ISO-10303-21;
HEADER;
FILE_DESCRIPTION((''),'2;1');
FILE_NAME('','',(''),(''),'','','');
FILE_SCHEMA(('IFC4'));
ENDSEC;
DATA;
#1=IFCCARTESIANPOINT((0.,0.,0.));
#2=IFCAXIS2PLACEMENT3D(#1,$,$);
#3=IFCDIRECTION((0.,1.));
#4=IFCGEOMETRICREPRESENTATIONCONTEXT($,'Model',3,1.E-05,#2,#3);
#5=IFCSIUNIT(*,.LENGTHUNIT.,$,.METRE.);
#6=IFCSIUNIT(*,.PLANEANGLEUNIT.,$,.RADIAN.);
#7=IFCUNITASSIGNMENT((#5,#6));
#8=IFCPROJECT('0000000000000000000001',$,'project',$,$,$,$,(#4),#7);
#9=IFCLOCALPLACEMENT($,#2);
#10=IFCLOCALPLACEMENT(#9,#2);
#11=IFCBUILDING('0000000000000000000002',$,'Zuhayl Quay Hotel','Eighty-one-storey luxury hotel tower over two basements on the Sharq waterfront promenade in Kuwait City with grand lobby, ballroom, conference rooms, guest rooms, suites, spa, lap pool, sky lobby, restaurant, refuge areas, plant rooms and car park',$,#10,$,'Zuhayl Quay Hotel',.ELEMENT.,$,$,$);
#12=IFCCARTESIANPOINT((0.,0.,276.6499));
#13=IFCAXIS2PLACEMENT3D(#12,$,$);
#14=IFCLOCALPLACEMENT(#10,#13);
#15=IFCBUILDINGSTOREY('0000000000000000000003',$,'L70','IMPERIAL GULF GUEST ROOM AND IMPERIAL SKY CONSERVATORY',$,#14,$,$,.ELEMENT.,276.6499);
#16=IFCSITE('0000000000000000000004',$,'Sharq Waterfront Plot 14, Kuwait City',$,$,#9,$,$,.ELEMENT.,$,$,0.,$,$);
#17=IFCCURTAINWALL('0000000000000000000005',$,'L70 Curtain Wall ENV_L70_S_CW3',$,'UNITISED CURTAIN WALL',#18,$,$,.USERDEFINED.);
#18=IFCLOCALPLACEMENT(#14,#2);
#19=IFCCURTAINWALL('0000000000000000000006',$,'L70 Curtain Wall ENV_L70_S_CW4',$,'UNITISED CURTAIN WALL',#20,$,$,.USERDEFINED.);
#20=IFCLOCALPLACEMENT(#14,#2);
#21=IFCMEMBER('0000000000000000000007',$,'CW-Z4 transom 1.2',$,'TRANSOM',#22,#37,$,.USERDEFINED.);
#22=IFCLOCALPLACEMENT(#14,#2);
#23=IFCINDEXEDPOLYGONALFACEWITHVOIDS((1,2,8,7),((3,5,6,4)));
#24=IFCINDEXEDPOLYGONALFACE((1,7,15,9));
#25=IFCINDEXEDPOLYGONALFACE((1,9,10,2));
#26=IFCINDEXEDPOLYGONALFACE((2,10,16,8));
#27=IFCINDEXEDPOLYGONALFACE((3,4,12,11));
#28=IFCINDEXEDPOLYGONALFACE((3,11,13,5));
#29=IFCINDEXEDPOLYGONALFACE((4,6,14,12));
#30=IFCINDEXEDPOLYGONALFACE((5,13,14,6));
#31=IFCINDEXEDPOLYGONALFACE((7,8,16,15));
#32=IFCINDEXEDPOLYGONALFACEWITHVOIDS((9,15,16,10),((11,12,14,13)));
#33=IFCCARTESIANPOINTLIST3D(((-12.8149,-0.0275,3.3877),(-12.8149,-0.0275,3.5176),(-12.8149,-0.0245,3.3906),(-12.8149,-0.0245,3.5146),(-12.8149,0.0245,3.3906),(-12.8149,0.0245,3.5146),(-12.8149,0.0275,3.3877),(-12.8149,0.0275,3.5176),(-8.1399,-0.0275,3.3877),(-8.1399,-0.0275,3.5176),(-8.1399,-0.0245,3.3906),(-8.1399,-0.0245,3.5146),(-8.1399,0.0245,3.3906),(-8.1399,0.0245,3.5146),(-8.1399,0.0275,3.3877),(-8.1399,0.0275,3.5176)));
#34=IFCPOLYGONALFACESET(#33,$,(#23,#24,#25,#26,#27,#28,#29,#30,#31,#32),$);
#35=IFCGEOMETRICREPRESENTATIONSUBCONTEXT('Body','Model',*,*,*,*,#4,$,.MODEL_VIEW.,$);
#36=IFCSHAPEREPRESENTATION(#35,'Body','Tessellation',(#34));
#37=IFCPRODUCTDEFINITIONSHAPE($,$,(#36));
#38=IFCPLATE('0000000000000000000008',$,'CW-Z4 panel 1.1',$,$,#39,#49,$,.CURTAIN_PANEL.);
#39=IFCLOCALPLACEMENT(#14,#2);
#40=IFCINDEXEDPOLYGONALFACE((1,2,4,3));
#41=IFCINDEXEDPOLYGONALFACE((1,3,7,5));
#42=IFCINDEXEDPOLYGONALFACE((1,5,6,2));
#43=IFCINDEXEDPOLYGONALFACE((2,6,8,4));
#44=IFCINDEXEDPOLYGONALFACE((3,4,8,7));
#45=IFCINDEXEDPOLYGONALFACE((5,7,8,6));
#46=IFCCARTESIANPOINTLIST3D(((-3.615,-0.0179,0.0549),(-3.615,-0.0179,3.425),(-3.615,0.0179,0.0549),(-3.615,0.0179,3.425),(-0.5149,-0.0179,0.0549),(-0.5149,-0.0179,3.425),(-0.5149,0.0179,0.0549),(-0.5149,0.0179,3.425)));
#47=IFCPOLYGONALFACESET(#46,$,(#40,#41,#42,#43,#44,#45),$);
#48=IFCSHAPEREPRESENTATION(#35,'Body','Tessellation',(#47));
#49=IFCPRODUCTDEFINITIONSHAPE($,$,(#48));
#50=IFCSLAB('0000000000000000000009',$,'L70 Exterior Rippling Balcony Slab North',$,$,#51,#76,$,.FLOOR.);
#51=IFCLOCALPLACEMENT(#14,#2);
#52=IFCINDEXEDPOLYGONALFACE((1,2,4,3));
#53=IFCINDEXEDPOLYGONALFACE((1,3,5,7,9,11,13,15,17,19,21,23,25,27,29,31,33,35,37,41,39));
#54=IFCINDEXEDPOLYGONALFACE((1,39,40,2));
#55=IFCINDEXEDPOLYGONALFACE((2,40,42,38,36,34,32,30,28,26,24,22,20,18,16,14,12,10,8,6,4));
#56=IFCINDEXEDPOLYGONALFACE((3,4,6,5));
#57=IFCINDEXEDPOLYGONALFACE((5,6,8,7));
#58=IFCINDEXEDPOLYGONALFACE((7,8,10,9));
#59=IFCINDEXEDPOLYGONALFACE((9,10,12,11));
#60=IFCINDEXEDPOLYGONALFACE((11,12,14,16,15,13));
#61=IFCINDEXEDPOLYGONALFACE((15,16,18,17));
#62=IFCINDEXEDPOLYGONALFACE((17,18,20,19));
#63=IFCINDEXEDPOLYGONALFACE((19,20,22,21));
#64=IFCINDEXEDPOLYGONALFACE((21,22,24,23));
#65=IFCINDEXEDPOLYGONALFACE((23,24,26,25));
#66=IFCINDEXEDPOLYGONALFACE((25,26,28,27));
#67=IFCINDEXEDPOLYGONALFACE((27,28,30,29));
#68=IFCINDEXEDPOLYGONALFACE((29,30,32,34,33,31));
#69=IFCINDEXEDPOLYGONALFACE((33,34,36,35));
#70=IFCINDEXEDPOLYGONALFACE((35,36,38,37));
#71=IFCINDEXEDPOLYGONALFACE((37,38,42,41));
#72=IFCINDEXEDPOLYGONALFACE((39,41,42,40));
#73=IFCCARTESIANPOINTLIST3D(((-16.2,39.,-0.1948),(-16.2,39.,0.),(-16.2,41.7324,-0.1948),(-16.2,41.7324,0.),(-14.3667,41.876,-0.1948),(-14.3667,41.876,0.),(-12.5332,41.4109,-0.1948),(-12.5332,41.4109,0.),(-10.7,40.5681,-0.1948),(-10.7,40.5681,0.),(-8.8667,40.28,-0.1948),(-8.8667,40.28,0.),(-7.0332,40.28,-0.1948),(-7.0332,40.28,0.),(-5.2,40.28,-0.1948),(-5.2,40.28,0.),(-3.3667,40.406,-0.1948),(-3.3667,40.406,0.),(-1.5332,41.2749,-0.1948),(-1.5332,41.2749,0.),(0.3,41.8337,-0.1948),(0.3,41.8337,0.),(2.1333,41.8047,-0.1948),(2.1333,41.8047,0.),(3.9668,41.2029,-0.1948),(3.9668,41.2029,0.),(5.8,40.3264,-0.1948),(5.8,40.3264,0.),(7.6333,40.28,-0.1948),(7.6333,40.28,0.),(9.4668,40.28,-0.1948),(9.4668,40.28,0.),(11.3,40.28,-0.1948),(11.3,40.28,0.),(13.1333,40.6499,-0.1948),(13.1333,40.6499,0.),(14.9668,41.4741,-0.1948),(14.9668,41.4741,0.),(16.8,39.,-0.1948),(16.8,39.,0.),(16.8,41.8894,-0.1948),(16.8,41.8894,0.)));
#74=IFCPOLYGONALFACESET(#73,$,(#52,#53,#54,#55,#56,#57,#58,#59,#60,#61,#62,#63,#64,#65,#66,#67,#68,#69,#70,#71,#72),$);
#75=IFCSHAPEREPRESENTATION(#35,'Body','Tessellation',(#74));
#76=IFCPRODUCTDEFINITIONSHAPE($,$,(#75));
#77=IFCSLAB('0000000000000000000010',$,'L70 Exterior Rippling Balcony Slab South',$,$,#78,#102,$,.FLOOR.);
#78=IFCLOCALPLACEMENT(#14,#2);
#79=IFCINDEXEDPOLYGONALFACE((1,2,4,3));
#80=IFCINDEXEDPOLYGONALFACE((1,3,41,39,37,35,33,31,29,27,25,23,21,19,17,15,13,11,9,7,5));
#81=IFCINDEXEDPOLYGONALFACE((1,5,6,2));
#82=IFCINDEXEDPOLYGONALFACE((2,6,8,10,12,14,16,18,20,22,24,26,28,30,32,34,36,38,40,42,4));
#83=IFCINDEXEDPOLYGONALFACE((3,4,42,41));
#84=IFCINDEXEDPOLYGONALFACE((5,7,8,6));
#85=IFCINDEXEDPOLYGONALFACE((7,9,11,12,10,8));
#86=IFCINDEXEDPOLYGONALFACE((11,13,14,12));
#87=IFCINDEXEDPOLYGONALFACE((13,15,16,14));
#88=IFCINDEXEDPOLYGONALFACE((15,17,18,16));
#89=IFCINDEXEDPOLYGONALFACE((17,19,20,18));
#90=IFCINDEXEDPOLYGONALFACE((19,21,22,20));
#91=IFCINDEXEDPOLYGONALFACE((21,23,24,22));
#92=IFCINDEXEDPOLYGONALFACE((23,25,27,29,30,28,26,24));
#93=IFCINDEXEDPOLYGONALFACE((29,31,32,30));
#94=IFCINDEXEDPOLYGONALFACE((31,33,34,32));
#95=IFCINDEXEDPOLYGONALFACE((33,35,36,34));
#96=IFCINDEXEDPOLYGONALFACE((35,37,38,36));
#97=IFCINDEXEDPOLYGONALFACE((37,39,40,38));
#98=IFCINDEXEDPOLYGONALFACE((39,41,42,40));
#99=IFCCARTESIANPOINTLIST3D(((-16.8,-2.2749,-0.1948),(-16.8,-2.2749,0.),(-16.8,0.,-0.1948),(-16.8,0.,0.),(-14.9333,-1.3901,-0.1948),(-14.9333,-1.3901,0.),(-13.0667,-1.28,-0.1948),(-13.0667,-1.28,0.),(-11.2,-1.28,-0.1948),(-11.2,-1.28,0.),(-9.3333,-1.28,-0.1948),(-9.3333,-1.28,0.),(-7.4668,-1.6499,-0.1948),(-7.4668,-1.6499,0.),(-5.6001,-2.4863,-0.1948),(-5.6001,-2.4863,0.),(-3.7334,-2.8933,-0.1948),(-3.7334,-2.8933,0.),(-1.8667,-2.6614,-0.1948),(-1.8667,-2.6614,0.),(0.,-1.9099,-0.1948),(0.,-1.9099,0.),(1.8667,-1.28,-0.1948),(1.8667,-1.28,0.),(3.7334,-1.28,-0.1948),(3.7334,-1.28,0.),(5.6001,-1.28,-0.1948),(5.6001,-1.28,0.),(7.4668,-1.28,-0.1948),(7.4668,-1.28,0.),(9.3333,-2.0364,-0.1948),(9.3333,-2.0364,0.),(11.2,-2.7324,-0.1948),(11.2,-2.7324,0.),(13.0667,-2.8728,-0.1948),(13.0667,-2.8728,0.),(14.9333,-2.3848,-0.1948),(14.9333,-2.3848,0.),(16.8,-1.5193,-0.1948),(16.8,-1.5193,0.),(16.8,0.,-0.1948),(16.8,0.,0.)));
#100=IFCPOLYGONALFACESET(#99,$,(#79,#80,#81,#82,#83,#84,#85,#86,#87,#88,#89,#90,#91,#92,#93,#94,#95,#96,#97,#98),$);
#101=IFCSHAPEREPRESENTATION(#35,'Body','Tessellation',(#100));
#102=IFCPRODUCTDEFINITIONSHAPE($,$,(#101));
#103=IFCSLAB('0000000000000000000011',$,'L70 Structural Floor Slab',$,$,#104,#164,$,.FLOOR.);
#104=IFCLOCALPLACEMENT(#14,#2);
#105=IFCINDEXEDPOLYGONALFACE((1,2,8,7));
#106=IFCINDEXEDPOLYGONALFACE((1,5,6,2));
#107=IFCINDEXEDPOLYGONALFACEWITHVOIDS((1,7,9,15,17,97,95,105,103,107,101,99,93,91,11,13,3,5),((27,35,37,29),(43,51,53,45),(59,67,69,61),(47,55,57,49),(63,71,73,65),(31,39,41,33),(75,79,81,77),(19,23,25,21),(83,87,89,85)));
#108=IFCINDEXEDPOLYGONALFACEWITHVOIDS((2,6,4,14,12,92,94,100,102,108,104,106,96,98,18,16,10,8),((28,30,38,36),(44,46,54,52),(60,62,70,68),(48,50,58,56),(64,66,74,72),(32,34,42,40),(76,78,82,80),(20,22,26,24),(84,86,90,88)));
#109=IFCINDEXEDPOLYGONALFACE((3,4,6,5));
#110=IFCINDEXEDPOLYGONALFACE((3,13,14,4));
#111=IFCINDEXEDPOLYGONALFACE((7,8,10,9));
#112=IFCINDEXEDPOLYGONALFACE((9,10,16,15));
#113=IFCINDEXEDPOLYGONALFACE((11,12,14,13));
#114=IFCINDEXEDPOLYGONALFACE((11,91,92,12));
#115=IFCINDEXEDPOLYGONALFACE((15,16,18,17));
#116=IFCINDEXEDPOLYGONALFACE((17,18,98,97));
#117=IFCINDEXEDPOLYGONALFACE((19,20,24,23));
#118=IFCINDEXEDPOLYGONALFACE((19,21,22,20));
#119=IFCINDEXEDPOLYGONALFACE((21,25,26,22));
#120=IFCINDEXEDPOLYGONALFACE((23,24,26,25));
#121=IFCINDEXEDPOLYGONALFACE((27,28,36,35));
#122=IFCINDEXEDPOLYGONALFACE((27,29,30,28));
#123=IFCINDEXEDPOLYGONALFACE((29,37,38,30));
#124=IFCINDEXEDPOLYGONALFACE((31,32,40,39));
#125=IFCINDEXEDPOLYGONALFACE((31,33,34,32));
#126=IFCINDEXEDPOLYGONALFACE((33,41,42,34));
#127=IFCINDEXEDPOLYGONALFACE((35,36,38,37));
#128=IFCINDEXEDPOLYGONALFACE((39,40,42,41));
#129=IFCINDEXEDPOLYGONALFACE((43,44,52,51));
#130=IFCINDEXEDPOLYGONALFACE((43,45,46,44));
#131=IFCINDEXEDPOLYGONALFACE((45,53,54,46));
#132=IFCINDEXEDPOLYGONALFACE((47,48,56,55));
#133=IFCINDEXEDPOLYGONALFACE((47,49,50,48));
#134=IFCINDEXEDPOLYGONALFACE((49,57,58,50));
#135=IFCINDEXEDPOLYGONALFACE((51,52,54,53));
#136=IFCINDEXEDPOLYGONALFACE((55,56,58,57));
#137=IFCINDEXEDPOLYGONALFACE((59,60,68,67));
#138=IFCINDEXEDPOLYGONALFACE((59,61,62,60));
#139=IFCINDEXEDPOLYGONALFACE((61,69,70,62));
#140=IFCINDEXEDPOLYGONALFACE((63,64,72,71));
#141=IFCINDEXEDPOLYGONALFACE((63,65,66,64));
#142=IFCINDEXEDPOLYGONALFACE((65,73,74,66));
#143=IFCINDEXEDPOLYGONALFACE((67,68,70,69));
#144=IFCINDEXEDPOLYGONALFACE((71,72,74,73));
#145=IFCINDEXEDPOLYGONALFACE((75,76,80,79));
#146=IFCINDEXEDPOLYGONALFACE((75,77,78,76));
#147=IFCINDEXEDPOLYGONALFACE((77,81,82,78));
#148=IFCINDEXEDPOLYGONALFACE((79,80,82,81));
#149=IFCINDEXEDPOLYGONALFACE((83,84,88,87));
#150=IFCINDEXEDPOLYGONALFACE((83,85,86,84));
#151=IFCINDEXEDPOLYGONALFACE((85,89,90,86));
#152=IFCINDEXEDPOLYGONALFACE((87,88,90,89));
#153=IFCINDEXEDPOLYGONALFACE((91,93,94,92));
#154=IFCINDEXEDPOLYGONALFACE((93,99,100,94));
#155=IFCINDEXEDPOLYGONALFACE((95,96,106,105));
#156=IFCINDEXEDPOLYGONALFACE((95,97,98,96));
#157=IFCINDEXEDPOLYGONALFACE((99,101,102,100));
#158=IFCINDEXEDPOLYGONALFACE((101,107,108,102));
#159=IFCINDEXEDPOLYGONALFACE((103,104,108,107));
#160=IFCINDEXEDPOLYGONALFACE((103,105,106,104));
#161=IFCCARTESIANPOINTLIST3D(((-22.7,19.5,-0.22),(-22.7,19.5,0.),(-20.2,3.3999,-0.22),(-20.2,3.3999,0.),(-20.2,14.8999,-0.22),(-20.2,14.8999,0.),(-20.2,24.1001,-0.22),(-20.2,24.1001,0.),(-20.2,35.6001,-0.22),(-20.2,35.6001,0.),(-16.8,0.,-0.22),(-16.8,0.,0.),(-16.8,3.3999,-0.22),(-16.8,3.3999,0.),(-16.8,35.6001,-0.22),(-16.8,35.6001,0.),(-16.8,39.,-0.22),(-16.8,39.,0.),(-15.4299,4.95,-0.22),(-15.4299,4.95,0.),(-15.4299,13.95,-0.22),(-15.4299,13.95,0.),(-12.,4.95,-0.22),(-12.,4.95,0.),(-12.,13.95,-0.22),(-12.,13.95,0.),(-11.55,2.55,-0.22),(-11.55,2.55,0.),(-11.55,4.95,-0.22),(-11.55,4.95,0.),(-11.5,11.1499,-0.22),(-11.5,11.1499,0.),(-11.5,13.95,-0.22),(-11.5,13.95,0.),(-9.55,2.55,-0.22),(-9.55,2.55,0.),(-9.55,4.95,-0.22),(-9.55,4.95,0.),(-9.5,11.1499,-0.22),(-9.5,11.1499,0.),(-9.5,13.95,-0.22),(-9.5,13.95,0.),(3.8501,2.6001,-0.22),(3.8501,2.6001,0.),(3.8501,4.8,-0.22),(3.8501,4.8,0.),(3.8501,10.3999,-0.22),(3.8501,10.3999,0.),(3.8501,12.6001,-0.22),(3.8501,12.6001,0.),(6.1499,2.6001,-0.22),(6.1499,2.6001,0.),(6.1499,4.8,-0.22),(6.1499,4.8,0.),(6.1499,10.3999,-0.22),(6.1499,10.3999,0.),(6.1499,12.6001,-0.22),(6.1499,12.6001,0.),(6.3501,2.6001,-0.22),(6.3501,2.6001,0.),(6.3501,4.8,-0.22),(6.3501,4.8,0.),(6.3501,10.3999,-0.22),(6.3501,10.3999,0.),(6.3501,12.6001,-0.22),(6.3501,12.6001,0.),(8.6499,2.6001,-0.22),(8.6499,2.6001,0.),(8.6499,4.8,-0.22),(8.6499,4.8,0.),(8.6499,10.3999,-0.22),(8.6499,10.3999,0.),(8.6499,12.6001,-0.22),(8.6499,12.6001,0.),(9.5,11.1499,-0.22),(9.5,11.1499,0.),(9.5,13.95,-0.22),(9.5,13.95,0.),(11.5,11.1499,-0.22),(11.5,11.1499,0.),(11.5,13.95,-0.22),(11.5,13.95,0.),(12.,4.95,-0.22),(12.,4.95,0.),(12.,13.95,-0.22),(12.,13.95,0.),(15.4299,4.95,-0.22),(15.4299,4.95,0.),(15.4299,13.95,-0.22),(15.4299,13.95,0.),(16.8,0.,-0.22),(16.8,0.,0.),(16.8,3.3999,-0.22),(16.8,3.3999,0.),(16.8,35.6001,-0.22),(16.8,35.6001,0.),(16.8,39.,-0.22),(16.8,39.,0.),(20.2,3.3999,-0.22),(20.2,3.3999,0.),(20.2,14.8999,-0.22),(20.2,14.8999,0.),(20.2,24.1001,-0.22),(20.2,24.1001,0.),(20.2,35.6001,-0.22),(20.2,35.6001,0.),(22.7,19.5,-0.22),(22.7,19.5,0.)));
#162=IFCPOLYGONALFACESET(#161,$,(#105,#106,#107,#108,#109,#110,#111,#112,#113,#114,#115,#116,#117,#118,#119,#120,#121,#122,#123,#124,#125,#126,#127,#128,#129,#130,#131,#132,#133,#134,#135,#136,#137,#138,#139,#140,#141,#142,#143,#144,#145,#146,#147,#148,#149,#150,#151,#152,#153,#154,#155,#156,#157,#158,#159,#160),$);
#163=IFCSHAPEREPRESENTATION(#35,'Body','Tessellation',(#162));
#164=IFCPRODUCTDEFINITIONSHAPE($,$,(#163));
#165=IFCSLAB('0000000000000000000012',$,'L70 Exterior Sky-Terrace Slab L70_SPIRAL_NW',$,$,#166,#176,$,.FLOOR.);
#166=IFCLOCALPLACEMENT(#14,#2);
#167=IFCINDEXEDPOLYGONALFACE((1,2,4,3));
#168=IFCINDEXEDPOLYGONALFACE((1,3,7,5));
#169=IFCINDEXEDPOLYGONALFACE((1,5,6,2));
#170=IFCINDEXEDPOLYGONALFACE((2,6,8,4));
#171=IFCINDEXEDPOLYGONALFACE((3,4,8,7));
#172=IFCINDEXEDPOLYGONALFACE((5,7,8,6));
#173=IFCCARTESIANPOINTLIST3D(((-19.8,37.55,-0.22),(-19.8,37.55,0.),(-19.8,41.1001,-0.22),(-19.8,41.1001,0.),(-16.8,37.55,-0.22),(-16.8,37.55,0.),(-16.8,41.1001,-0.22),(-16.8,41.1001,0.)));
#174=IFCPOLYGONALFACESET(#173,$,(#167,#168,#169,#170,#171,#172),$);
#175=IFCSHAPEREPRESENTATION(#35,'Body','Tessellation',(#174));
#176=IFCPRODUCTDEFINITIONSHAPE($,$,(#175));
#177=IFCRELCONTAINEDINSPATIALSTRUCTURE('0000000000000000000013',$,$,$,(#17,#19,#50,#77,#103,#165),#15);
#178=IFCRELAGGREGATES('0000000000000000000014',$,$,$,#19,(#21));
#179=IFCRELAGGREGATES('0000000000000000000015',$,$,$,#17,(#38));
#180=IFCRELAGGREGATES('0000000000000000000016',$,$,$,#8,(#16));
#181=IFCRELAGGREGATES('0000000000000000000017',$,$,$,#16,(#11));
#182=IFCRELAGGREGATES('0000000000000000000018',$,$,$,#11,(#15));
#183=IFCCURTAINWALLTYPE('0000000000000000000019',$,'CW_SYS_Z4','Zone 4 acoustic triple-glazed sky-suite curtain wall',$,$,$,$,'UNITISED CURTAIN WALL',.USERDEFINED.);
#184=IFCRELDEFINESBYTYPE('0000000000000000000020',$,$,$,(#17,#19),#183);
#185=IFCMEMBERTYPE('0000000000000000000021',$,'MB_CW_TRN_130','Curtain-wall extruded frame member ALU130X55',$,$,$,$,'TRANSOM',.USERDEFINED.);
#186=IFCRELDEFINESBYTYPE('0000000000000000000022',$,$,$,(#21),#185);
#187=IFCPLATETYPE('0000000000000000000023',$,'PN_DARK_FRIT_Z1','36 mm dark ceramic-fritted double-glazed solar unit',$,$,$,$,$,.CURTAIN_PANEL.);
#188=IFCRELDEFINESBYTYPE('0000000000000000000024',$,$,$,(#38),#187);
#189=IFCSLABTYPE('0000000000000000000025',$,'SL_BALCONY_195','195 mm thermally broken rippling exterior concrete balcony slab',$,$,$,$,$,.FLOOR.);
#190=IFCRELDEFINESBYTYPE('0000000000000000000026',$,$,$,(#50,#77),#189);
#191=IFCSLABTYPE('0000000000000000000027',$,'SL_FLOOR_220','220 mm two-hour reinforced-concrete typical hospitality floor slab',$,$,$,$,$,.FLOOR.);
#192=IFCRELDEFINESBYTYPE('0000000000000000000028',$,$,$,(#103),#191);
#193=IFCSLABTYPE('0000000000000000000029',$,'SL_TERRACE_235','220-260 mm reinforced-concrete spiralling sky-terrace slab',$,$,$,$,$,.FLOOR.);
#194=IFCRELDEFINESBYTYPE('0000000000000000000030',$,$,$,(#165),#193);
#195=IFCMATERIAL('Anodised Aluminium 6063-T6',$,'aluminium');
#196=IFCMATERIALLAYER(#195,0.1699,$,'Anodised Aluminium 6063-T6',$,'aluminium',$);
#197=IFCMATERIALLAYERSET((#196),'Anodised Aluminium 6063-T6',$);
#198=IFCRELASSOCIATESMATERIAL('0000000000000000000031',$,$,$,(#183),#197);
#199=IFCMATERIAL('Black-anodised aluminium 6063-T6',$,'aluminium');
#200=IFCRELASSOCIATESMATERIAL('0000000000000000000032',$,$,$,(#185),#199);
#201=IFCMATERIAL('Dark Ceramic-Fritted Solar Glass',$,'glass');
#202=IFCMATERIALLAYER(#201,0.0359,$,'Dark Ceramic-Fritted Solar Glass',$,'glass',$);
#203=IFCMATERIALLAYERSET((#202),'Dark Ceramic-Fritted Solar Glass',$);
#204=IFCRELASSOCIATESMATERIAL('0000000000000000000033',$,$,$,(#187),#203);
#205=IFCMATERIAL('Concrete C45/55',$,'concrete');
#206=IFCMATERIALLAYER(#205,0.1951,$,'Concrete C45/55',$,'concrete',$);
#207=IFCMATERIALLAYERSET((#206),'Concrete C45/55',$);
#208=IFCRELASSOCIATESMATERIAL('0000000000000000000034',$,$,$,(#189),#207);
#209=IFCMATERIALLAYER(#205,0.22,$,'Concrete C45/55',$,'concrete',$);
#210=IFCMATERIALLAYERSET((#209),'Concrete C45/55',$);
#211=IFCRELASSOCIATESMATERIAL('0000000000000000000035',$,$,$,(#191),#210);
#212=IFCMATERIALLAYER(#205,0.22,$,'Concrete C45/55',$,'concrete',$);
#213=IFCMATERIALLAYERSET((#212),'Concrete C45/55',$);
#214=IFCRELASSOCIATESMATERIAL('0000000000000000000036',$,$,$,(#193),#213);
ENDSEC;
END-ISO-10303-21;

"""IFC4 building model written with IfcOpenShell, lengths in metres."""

from ifc_helpers import new_model, si_unit, direction, frame, origin, origin_2d, place, context, subcontext, project, spatial, polyline, rectangle, hollow_rectangle, outline, extrude, material, layer, layer_set, material_profile, profile_set, type_object, element, aggregate, save


model = new_model("IFC4")

# Units and contexts
model_context = context("Model", 3, precision=1e-05, world=origin(), true_north=direction((0.0, 1.0)))
body_context = subcontext(model_context, "Body", "Model", "MODEL_VIEW")
ifc_project = project(units=[si_unit("LENGTHUNIT", "METRE"), si_unit("PLANEANGLEUNIT", "RADIAN")], contexts=[model_context])

# Site, building, storey
site_placement = place(None, origin())
site = spatial("IfcSite", under=ifc_project, at=site_placement, Name="Sharq Waterfront Plot 14, Kuwait City", CompositionType="ELEMENT", RefElevation=0.0)
building_placement = place(site_placement, origin())
building = spatial("IfcBuilding", under=site, at=building_placement, Name="Zuhayl Quay Hotel", Description="Eighty-one-storey luxury hotel tower over two basements on the Sharq waterfront promenade in Kuwait City with grand lobby, ballroom, conference rooms, guest rooms, suites, spa, lap pool, sky lobby, restaurant, refuge areas, plant rooms and car park", LongName="Zuhayl Quay Hotel", CompositionType="ELEMENT")
storey_placement = place(building_placement, frame((0.0, 0.0, 276.6499)))
storey = spatial("IfcBuildingStorey", under=building, at=storey_placement, Name="L70", Description="IMPERIAL GULF GUEST ROOM AND IMPERIAL SKY CONSERVATORY", CompositionType="ELEMENT", Elevation=276.6499)

# Curtain wall
ifc_material_1 = material(Name="Anodised Aluminium 6063-T6", Category="aluminium")
ifc_layer_1 = layer(ifc_material_1, 0.1699, Name="Anodised Aluminium 6063-T6", Category="aluminium")
ifc_layer_set_1 = layer_set([ifc_layer_1], Name="Anodised Aluminium 6063-T6")
curtain_wall_type = type_object("IfcCurtainWallType", Name="CW_SYS_Z4", Description="Zone 4 acoustic triple-glazed sky-suite curtain wall", ElementType="UNITISED CURTAIN WALL", PredefinedType="USERDEFINED", material=ifc_layer_set_1)
curtain_wall_1_placement = place(storey_placement, origin())
curtain_wall_1 = element("IfcCurtainWall", 1, at=curtain_wall_1_placement, inside=storey, type_object=curtain_wall_type, Name="L70 Curtain Wall ENV_L70_S_CW3", ObjectType="UNITISED CURTAIN WALL", PredefinedType="USERDEFINED")
ifc_material_2 = material(Name="Black-anodised aluminium 6063-T6", Category="aluminium")

# Curtain wall
curtain_wall_2_placement = place(storey_placement, origin())
curtain_wall_2 = element("IfcCurtainWall", 2, at=curtain_wall_2_placement, inside=storey, type_object=curtain_wall_type, Name="L70 Curtain Wall ENV_L70_S_CW4", ObjectType="UNITISED CURTAIN WALL", PredefinedType="USERDEFINED")

# Member
ifc_material_profile_1 = material_profile(ifc_material_2, hollow_rectangle(XDim=0.0549, YDim=0.1299, WallThickness=0.0029, at=origin_2d()), Name="ALU130X55")
ifc_profile_set_1 = profile_set([ifc_material_profile_1], Name="Black-anodised aluminium 6063-T6")
member_type_1 = type_object("IfcMemberType", Name="MB_CW_TRN_130", Description="Curtain-wall extruded frame member ALU130X55", ElementType="TRANSOM", PredefinedType="USERDEFINED", material=ifc_profile_set_1)
member_1_placement = place(storey_placement, frame((-8.1399, 0.0, 3.4526), z_axis=(-1.0, 0.0, 0.0), x_axis=(0.0, -1.0, 0.0)))
member_1 = element("IfcMember", 3, at=member_1_placement, type_object=member_type_1, Name="CW-Z4 transom 1.2", ObjectType="TRANSOM", PredefinedType="USERDEFINED", context=body_context, shape_type="SweptSolid", body=[
    extrude(hollow_rectangle(XDim=0.0549, YDim=0.1299, WallThickness=0.0029, at=origin_2d()), origin(), (0.0, 0.0, 1.0), 4.675),
])
aggregate(curtain_wall_2, [member_1])

# Plate
ifc_material_3 = material(Name="Dark Ceramic-Fritted Solar Glass", Category="glass")
ifc_layer_2 = layer(ifc_material_3, 0.0359, Name="Dark Ceramic-Fritted Solar Glass", Category="glass")
ifc_layer_set_2 = layer_set([ifc_layer_2], Name="Dark Ceramic-Fritted Solar Glass")
plate_type = type_object("IfcPlateType", Name="PN_DARK_FRIT_Z1", Description="36 mm dark ceramic-fritted double-glazed solar unit", PredefinedType="CURTAIN_PANEL", material=ifc_layer_set_2)
plate_placement = place(storey_placement, frame((-2.0649, 0.0, 0.0549), z_axis=(0.0, 0.0, 1.0), x_axis=(-1.0, 0.0, 0.0)))
plate = element("IfcPlate", 4, at=plate_placement, type_object=plate_type, Name="CW-Z4 panel 1.1", PredefinedType="CURTAIN_PANEL", context=body_context, shape_type="SweptSolid", body=[
    extrude(rectangle(XDim=3.1001, YDim=0.0359, at=origin_2d()), origin(), (0.0, 0.0, 1.0), 3.3701),
])
aggregate(curtain_wall_1, [plate])

# Slabs
ifc_material_4 = material(Name="Concrete C45/55", Category="concrete")
ifc_layer_3 = layer(ifc_material_4, 0.1951, Name="Concrete C45/55", Category="concrete")
ifc_layer_set_3 = layer_set([ifc_layer_3], Name="Concrete C45/55")
slab_type_1 = type_object("IfcSlabType", Name="SL_BALCONY_195", Description="195 mm thermally broken rippling exterior concrete balcony slab", PredefinedType="FLOOR", material=ifc_layer_set_3)
slab_1_placement = place(storey_placement, frame((0.0, 0.0, -0.1948)))
element("IfcSlab", 5, at=slab_1_placement, inside=storey, type_object=slab_type_1, Name="L70 Exterior Rippling Balcony Slab North", PredefinedType="FLOOR", context=body_context, shape_type="SweptSolid", body=[
    extrude(outline(polyline([(-16.2, 39.0), (16.8, 39.0), (16.8, 41.8894), (14.9668, 41.4741), (13.1333, 40.6499), (11.3, 40.28), (9.4668, 40.28), (7.6333, 40.28), (5.8, 40.3264), (3.9668, 41.2029), (2.1333, 41.8047), (0.3, 41.8337), (-1.5332, 41.2749), (-3.3667, 40.406), (-5.2, 40.28), (-7.0332, 40.28), (-8.8667, 40.28), (-10.7, 40.5681), (-12.5332, 41.4109), (-14.3667, 41.876), (-16.2, 41.7324), (-16.2, 39.0)])), origin(), (0.0, 0.0, 1.0), 0.1948),
])
slab_2_placement = place(storey_placement, frame((0.0, 0.0, -0.1948)))
element("IfcSlab", 6, at=slab_2_placement, inside=storey, type_object=slab_type_1, Name="L70 Exterior Rippling Balcony Slab South", PredefinedType="FLOOR", context=body_context, shape_type="SweptSolid", body=[
    extrude(outline(polyline([(-16.8, -2.2749), (-14.9333, -1.3901), (-13.0667, -1.28), (-11.2, -1.28), (-9.3333, -1.28), (-7.4668, -1.6499), (-5.6001, -2.4863), (-3.7334, -2.8933), (-1.8667, -2.6614), (0.0, -1.9099), (1.8667, -1.28), (3.7334, -1.28), (5.6001, -1.28), (7.4668, -1.28), (9.3333, -2.0364), (11.2, -2.7324), (13.0667, -2.8728), (14.9333, -2.3848), (16.8, -1.5193), (16.8, 0.0), (-16.8, 0.0), (-16.8, -2.2749)])), origin(), (0.0, 0.0, 1.0), 0.1948),
])
ifc_layer_4 = layer(ifc_material_4, 0.22, Name="Concrete C45/55", Category="concrete")
ifc_layer_set_4 = layer_set([ifc_layer_4], Name="Concrete C45/55")
slab_type_2 = type_object("IfcSlabType", Name="SL_FLOOR_220", Description="220 mm two-hour reinforced-concrete typical hospitality floor slab", PredefinedType="FLOOR", material=ifc_layer_set_4)
slab_3_placement = place(storey_placement, frame((0.0, 0.0, -0.22)))
element("IfcSlab", 7, at=slab_3_placement, inside=storey, type_object=slab_type_2, Name="L70 Structural Floor Slab", PredefinedType="FLOOR", context=body_context, shape_type="SweptSolid", body=[
    extrude(outline(polyline([(-16.8, 0.0), (16.8, 0.0), (16.8, 3.3999), (20.2, 3.3999), (20.2, 14.8999), (22.7, 19.5), (20.2, 24.1001), (20.2, 35.6001), (16.8, 35.6001), (16.8, 39.0), (-16.8, 39.0), (-16.8, 35.6001), (-20.2, 35.6001), (-20.2, 24.1001), (-22.7, 19.5), (-20.2, 14.8999), (-20.2, 3.3999), (-16.8, 3.3999), (-16.8, 0.0)]), holes=[polyline([(-12.0, 4.95), (-12.0, 13.95), (-15.4299, 13.95), (-15.4299, 4.95), (-12.0, 4.95)]), polyline([(15.4299, 4.95), (15.4299, 13.95), (12.0, 13.95), (12.0, 4.95), (15.4299, 4.95)]), polyline([(-11.5, 11.1499), (-9.5, 11.1499), (-9.5, 13.95), (-11.5, 13.95), (-11.5, 11.1499)]), polyline([(9.5, 11.1499), (11.5, 11.1499), (11.5, 13.95), (9.5, 13.95), (9.5, 11.1499)]), polyline([(3.8501, 2.6001), (6.1499, 2.6001), (6.1499, 4.8), (3.8501, 4.8), (3.8501, 2.6001)]), polyline([(6.3501, 2.6001), (8.6499, 2.6001), (8.6499, 4.8), (6.3501, 4.8), (6.3501, 2.6001)]), polyline([(3.8501, 10.3999), (6.1499, 10.3999), (6.1499, 12.6001), (3.8501, 12.6001), (3.8501, 10.3999)]), polyline([(6.3501, 10.3999), (8.6499, 10.3999), (8.6499, 12.6001), (6.3501, 12.6001), (6.3501, 10.3999)]), polyline([(-11.55, 2.55), (-9.55, 2.55), (-9.55, 4.95), (-11.55, 4.95), (-11.55, 2.55)])]), origin(), (0.0, 0.0, 1.0), 0.22),
])
ifc_layer_5 = layer(ifc_material_4, 0.22, Name="Concrete C45/55", Category="concrete")
ifc_layer_set_5 = layer_set([ifc_layer_5], Name="Concrete C45/55")
slab_type_3 = type_object("IfcSlabType", Name="SL_TERRACE_235", Description="220-260 mm reinforced-concrete spiralling sky-terrace slab", PredefinedType="FLOOR", material=ifc_layer_set_5)
slab_4_placement = place(storey_placement, frame((0.0, 0.0, -0.22)))
element("IfcSlab", 8, at=slab_4_placement, inside=storey, type_object=slab_type_3, Name="L70 Exterior Sky-Terrace Slab L70_SPIRAL_NW", PredefinedType="FLOOR", context=body_context, shape_type="SweptSolid", body=[
    extrude(outline(polyline([(-19.8, 37.55), (-16.8, 37.55), (-16.8, 41.1001), (-19.8, 41.1001), (-19.8, 37.55)])), origin(), (0.0, 0.0, 1.0), 0.22),
])

save(model, "model.ifc")
